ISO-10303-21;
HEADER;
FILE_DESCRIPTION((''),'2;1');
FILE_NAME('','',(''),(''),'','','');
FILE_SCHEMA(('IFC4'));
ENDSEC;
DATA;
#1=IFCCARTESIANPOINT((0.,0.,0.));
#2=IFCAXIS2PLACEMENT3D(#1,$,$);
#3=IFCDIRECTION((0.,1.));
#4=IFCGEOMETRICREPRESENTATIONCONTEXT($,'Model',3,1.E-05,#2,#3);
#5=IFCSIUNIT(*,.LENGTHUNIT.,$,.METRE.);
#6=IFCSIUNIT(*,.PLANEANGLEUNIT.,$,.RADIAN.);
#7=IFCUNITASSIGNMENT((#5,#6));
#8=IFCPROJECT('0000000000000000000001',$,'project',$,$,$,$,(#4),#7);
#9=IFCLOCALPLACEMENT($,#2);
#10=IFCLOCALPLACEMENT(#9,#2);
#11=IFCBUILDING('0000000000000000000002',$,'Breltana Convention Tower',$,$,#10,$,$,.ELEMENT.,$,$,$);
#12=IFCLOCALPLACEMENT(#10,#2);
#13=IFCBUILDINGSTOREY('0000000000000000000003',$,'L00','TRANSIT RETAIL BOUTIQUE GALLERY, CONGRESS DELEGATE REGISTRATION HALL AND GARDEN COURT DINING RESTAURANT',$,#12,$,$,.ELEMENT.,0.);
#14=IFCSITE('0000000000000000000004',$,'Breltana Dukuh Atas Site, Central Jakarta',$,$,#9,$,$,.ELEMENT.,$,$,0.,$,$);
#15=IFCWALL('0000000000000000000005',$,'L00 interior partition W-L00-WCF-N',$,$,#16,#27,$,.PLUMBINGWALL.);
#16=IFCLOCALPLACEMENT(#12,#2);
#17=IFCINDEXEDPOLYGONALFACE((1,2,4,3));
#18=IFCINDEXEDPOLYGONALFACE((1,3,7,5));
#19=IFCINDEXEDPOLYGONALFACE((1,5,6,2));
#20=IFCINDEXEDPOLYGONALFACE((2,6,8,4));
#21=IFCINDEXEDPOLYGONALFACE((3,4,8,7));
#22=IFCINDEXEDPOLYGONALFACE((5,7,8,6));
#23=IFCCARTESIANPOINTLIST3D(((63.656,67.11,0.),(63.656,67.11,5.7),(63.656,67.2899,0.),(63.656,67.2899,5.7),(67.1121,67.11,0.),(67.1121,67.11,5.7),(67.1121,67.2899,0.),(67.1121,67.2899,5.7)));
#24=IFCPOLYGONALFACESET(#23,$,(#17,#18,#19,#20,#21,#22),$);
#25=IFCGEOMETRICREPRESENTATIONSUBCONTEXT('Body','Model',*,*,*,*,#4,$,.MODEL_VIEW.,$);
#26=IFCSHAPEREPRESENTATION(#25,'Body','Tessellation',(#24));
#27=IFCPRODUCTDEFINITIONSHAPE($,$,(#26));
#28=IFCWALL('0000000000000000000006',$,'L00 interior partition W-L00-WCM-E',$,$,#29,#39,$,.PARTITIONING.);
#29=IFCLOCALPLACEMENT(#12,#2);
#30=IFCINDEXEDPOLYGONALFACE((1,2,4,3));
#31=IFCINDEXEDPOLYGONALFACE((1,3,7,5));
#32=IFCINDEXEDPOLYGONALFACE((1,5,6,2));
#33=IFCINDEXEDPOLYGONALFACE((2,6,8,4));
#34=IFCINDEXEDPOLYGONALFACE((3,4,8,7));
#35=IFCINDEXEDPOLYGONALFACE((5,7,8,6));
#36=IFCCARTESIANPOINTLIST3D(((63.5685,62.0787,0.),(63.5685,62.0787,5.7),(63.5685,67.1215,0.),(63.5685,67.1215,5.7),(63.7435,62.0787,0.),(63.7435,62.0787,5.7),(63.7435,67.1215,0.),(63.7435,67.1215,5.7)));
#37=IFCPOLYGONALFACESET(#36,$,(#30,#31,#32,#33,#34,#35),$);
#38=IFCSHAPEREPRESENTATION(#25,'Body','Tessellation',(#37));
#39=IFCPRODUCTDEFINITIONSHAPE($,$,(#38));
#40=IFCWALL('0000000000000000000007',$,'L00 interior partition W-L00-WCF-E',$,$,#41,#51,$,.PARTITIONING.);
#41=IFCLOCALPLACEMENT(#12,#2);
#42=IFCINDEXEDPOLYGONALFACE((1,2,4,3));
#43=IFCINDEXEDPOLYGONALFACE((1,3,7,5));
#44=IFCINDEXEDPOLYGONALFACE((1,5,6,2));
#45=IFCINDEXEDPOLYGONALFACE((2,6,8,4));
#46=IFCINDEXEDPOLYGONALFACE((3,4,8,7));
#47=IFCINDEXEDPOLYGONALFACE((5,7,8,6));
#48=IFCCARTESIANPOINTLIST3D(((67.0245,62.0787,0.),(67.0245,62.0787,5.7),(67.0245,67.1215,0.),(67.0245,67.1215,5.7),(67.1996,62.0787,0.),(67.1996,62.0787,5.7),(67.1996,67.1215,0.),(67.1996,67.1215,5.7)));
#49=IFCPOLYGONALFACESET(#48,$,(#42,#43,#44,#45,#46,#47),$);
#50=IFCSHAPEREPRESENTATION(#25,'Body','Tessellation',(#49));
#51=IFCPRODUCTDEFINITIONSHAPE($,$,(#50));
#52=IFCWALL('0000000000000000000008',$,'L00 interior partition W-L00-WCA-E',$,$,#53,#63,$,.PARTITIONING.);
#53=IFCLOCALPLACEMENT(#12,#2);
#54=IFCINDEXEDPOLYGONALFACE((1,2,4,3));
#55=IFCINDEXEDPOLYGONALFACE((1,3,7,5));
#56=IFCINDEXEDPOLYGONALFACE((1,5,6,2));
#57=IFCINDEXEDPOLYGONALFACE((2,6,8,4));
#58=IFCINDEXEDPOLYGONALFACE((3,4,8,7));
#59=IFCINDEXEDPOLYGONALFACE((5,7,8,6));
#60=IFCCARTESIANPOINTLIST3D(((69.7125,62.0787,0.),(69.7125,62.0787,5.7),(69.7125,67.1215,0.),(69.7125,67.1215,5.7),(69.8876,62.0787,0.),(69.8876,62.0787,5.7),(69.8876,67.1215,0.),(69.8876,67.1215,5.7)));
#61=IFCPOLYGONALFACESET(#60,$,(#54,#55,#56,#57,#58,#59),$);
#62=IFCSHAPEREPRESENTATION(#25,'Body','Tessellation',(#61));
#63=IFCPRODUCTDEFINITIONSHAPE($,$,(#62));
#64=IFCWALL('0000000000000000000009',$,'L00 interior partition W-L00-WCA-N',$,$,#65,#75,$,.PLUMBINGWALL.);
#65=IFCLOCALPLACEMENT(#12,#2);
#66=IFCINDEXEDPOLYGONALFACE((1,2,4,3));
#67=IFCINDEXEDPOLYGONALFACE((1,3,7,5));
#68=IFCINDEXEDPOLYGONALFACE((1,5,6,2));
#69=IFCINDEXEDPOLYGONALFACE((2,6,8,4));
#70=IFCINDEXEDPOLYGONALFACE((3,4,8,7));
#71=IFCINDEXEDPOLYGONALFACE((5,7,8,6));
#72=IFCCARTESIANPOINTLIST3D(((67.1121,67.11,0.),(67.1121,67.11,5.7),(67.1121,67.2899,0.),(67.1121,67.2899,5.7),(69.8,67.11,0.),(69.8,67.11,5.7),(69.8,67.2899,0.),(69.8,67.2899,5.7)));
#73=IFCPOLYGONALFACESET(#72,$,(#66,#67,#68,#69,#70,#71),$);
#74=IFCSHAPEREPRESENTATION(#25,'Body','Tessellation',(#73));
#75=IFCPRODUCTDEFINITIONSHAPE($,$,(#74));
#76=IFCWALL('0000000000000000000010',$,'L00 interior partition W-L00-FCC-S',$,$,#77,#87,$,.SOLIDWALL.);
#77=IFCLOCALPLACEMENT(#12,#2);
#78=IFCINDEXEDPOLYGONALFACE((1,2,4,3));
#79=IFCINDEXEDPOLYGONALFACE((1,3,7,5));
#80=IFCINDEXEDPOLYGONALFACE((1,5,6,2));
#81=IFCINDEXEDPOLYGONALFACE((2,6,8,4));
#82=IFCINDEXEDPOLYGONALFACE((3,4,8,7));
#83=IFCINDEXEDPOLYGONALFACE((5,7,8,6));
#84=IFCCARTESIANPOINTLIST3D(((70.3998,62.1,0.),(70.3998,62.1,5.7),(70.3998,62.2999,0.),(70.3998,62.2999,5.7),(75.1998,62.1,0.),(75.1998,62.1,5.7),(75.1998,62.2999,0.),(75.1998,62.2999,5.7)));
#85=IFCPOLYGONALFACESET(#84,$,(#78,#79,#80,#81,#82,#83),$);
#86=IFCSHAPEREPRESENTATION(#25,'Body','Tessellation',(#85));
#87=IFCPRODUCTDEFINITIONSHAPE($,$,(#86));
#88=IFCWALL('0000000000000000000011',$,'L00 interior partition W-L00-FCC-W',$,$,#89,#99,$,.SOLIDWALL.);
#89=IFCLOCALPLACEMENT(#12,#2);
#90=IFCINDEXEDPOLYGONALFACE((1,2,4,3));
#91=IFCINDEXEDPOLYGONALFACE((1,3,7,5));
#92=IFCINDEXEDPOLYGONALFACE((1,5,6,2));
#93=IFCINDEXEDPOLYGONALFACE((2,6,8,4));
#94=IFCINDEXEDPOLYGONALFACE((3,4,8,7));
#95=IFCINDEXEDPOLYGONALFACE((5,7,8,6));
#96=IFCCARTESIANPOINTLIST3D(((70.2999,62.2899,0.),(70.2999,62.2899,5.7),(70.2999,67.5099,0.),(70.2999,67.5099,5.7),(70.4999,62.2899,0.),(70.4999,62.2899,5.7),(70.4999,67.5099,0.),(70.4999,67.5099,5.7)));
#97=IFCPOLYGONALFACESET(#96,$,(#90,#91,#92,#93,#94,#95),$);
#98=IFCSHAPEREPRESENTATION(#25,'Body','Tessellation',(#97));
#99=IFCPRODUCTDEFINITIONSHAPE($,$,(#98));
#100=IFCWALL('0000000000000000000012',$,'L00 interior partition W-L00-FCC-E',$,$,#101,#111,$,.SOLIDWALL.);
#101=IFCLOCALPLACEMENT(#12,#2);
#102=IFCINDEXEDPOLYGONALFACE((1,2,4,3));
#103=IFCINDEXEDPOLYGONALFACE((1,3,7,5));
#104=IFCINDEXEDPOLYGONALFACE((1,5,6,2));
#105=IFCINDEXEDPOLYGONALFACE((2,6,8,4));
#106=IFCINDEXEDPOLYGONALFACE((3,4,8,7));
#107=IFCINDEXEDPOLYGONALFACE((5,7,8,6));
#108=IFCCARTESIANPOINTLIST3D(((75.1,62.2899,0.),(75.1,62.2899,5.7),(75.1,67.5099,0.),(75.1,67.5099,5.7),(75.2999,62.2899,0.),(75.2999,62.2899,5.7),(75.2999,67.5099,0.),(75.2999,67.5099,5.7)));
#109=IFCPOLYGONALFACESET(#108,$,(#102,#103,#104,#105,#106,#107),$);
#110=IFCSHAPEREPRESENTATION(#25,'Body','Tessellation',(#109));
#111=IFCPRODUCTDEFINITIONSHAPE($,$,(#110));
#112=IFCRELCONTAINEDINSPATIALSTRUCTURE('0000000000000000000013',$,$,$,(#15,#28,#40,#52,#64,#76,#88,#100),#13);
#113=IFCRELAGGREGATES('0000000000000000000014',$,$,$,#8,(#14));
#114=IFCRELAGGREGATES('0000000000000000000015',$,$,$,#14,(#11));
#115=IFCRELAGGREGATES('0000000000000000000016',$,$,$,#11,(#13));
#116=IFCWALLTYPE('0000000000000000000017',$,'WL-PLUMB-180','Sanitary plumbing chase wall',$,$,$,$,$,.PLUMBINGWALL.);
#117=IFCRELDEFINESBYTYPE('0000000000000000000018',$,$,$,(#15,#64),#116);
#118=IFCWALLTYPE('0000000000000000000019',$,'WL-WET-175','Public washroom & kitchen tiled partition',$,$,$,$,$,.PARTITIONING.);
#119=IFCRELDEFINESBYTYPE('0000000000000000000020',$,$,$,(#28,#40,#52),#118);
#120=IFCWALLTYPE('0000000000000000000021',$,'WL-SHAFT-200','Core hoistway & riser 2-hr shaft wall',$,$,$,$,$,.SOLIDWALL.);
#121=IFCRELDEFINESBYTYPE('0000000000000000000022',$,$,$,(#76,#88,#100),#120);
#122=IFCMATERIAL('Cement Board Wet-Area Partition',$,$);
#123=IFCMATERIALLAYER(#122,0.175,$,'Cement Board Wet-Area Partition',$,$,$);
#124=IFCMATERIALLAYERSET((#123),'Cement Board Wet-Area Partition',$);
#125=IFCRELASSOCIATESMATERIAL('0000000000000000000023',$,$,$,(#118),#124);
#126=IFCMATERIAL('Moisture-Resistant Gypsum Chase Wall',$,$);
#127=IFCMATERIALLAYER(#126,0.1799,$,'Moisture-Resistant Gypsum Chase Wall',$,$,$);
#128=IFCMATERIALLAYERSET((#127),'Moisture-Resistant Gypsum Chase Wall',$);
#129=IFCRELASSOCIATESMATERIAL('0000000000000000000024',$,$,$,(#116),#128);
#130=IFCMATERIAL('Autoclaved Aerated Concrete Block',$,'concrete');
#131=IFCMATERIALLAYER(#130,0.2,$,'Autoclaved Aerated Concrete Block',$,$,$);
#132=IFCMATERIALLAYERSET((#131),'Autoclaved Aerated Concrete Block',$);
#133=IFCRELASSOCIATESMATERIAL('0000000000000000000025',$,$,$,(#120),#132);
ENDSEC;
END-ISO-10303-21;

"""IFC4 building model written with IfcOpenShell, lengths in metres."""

from ifc_helpers import new_model, si_unit, direction, frame, frame_2d, origin, place, context, subcontext, project, spatial, rectangle, extrude, source, transform, mapped, material, layer, layer_set, type_object, element, save


model = new_model("IFC4")

# Units and contexts
model_context = context("Model", 3, precision=1e-05, world=origin(), true_north=direction((0.0, 1.0)))
body_context = subcontext(model_context, "Body", "Model", "MODEL_VIEW")
ifc_project = project(units=[si_unit("LENGTHUNIT", "METRE"), si_unit("PLANEANGLEUNIT", "RADIAN")], contexts=[model_context])

# Site, building, storey
site_placement = place(None, origin())
site = spatial("IfcSite", under=ifc_project, at=site_placement, Name="Breltana Dukuh Atas Site, Central Jakarta", CompositionType="ELEMENT", RefElevation=0.0)
building_placement = place(site_placement, origin())
building = spatial("IfcBuilding", under=site, at=building_placement, Name="Breltana Convention Tower", CompositionType="ELEMENT")
storey_placement = place(building_placement, origin())
storey = spatial("IfcBuildingStorey", under=building, at=storey_placement, Name="L00", Description="TRANSIT RETAIL BOUTIQUE GALLERY, CONGRESS DELEGATE REGISTRATION HALL AND GARDEN COURT DINING RESTAURANT", CompositionType="ELEMENT", Elevation=0.0)

# Shared definitions
ifc_material_1 = material(Name="Cement Board Wet-Area Partition")
ifc_layer_1 = layer(ifc_material_1, 0.175, Name="Cement Board Wet-Area Partition")
ifc_layer_set_1 = layer_set([ifc_layer_1], Name="Cement Board Wet-Area Partition")
wall_type_1 = type_object("IfcWallType", Name="WL-WET-175", Description="Public washroom & kitchen tiled partition", PredefinedType="PARTITIONING", material=ifc_layer_set_1)

# Walls
ifc_material_2 = material(Name="Moisture-Resistant Gypsum Chase Wall")
ifc_layer_2 = layer(ifc_material_2, 0.1799, Name="Moisture-Resistant Gypsum Chase Wall")
ifc_layer_set_2 = layer_set([ifc_layer_2], Name="Moisture-Resistant Gypsum Chase Wall")
wall_type_2 = type_object("IfcWallType", Name="WL-PLUMB-180", Description="Sanitary plumbing chase wall", PredefinedType="PLUMBINGWALL", material=ifc_layer_set_2)
shared_shape_1 = source(origin(), body_context, "Body", "SweptSolid", [
    extrude(rectangle(XDim=3.4561, YDim=0.1799, at=frame_2d((1.728, 0.0))), origin(), (0.0, 0.0, 1.0), 5.7),
])
wall_1_placement = place(storey_placement, frame((63.656, 67.2, 0.0), z_axis=(0.0, 0.0, 1.0), x_axis=(1.0, 0.0, 0.0)))
element("IfcWall", 1, at=wall_1_placement, inside=storey, type_object=wall_type_2, Name="L00 interior partition W-L00-WCF-N", PredefinedType="PLUMBINGWALL", context=body_context, shape_type="MappedRepresentation", body=[
    mapped(shared_shape_1, transform((0.0, 0.0, 0.0), scale=1.0)),
])
shared_shape_2 = source(origin(), body_context, "Body", "SweptSolid", [
    extrude(rectangle(XDim=5.0427, YDim=0.175, at=frame_2d((2.5215, 0.0))), origin(), (0.0, 0.0, 1.0), 5.7),
])
for number, where, z_axis, x_axis, name in (
    (2, (63.656, 62.0786, 0.0), (0.0, 0.0, 1.0), (0.0, 1.0, 0.0), "L00 interior partition W-L00-WCM-E"),
    (3, (67.1121, 62.0786, 0.0), (0.0, 0.0, 1.0), (0.0, 1.0, 0.0), "L00 interior partition W-L00-WCF-E"),
    (4, (69.8, 62.0786, 0.0), (0.0, 0.0, 1.0), (0.0, 1.0, 0.0), "L00 interior partition W-L00-WCA-E"),
):
    element("IfcWall", number, at=place(storey_placement, frame(where, z_axis=z_axis, x_axis=x_axis)), inside=storey, type_object=wall_type_1, Name=name, PredefinedType="PARTITIONING", context=body_context, shape_type="MappedRepresentation", body=[
        mapped(shared_shape_2, transform((0.0, 0.0, 0.0), scale=1.0)),
    ])

# Walls
shared_shape_3 = source(origin(), body_context, "Body", "SweptSolid", [
    extrude(rectangle(XDim=2.688, YDim=0.1799, at=frame_2d((1.344, 0.0))), origin(), (0.0, 0.0, 1.0), 5.7),
])
wall_2_placement = place(storey_placement, frame((67.1121, 67.2, 0.0), z_axis=(0.0, 0.0, 1.0), x_axis=(1.0, 0.0, 0.0)))
element("IfcWall", 5, at=wall_2_placement, inside=storey, type_object=wall_type_2, Name="L00 interior partition W-L00-WCA-N", PredefinedType="PLUMBINGWALL", context=body_context, shape_type="MappedRepresentation", body=[
    mapped(shared_shape_3, transform((0.0, 0.0, 0.0), scale=1.0)),
])
ifc_material_3 = material(Name="Autoclaved Aerated Concrete Block", Category="concrete")
ifc_layer_3 = layer(ifc_material_3, 0.2, Name="Autoclaved Aerated Concrete Block")
ifc_layer_set_3 = layer_set([ifc_layer_3], Name="Autoclaved Aerated Concrete Block")
wall_type_3 = type_object("IfcWallType", Name="WL-SHAFT-200", Description="Core hoistway & riser 2-hr shaft wall", PredefinedType="SOLIDWALL", material=ifc_layer_set_3)
shared_shape_4 = source(origin(), body_context, "Body", "SweptSolid", [
    extrude(rectangle(XDim=4.8, YDim=0.2, at=frame_2d((2.3999, 0.0))), origin(), (0.0, 0.0, 1.0), 5.7),
])
wall_3_placement = place(storey_placement, frame((70.3999, 62.2, 0.0), z_axis=(0.0, 0.0, 1.0), x_axis=(1.0, 0.0, 0.0)))
element("IfcWall", 6, at=wall_3_placement, inside=storey, type_object=wall_type_3, Name="L00 interior partition W-L00-FCC-S", PredefinedType="SOLIDWALL", context=body_context, shape_type="MappedRepresentation", body=[
    mapped(shared_shape_4, transform((0.0, 0.0, 0.0), scale=1.0)),
])

# Walls
shared_shape_5 = source(origin(), body_context, "Body", "SweptSolid", [
    extrude(rectangle(XDim=5.22, YDim=0.2, at=frame_2d((2.6099, 0.0))), origin(), (0.0, 0.0, 1.0), 5.7),
])
for number, where, z_axis, x_axis, name in (
    (7, (70.3999, 62.29, 0.0), (0.0, 0.0, 1.0), (0.0, 1.0, 0.0), "L00 interior partition W-L00-FCC-W"),
    (8, (75.2, 62.29, 0.0), (0.0, 0.0, 1.0), (0.0, 1.0, 0.0), "L00 interior partition W-L00-FCC-E"),
):
    element("IfcWall", number, at=place(storey_placement, frame(where, z_axis=z_axis, x_axis=x_axis)), inside=storey, type_object=wall_type_3, Name=name, PredefinedType="SOLIDWALL", context=body_context, shape_type="MappedRepresentation", body=[
        mapped(shared_shape_5, transform((0.0, 0.0, 0.0), scale=1.0)),
    ])

save(model, "model.ifc")
